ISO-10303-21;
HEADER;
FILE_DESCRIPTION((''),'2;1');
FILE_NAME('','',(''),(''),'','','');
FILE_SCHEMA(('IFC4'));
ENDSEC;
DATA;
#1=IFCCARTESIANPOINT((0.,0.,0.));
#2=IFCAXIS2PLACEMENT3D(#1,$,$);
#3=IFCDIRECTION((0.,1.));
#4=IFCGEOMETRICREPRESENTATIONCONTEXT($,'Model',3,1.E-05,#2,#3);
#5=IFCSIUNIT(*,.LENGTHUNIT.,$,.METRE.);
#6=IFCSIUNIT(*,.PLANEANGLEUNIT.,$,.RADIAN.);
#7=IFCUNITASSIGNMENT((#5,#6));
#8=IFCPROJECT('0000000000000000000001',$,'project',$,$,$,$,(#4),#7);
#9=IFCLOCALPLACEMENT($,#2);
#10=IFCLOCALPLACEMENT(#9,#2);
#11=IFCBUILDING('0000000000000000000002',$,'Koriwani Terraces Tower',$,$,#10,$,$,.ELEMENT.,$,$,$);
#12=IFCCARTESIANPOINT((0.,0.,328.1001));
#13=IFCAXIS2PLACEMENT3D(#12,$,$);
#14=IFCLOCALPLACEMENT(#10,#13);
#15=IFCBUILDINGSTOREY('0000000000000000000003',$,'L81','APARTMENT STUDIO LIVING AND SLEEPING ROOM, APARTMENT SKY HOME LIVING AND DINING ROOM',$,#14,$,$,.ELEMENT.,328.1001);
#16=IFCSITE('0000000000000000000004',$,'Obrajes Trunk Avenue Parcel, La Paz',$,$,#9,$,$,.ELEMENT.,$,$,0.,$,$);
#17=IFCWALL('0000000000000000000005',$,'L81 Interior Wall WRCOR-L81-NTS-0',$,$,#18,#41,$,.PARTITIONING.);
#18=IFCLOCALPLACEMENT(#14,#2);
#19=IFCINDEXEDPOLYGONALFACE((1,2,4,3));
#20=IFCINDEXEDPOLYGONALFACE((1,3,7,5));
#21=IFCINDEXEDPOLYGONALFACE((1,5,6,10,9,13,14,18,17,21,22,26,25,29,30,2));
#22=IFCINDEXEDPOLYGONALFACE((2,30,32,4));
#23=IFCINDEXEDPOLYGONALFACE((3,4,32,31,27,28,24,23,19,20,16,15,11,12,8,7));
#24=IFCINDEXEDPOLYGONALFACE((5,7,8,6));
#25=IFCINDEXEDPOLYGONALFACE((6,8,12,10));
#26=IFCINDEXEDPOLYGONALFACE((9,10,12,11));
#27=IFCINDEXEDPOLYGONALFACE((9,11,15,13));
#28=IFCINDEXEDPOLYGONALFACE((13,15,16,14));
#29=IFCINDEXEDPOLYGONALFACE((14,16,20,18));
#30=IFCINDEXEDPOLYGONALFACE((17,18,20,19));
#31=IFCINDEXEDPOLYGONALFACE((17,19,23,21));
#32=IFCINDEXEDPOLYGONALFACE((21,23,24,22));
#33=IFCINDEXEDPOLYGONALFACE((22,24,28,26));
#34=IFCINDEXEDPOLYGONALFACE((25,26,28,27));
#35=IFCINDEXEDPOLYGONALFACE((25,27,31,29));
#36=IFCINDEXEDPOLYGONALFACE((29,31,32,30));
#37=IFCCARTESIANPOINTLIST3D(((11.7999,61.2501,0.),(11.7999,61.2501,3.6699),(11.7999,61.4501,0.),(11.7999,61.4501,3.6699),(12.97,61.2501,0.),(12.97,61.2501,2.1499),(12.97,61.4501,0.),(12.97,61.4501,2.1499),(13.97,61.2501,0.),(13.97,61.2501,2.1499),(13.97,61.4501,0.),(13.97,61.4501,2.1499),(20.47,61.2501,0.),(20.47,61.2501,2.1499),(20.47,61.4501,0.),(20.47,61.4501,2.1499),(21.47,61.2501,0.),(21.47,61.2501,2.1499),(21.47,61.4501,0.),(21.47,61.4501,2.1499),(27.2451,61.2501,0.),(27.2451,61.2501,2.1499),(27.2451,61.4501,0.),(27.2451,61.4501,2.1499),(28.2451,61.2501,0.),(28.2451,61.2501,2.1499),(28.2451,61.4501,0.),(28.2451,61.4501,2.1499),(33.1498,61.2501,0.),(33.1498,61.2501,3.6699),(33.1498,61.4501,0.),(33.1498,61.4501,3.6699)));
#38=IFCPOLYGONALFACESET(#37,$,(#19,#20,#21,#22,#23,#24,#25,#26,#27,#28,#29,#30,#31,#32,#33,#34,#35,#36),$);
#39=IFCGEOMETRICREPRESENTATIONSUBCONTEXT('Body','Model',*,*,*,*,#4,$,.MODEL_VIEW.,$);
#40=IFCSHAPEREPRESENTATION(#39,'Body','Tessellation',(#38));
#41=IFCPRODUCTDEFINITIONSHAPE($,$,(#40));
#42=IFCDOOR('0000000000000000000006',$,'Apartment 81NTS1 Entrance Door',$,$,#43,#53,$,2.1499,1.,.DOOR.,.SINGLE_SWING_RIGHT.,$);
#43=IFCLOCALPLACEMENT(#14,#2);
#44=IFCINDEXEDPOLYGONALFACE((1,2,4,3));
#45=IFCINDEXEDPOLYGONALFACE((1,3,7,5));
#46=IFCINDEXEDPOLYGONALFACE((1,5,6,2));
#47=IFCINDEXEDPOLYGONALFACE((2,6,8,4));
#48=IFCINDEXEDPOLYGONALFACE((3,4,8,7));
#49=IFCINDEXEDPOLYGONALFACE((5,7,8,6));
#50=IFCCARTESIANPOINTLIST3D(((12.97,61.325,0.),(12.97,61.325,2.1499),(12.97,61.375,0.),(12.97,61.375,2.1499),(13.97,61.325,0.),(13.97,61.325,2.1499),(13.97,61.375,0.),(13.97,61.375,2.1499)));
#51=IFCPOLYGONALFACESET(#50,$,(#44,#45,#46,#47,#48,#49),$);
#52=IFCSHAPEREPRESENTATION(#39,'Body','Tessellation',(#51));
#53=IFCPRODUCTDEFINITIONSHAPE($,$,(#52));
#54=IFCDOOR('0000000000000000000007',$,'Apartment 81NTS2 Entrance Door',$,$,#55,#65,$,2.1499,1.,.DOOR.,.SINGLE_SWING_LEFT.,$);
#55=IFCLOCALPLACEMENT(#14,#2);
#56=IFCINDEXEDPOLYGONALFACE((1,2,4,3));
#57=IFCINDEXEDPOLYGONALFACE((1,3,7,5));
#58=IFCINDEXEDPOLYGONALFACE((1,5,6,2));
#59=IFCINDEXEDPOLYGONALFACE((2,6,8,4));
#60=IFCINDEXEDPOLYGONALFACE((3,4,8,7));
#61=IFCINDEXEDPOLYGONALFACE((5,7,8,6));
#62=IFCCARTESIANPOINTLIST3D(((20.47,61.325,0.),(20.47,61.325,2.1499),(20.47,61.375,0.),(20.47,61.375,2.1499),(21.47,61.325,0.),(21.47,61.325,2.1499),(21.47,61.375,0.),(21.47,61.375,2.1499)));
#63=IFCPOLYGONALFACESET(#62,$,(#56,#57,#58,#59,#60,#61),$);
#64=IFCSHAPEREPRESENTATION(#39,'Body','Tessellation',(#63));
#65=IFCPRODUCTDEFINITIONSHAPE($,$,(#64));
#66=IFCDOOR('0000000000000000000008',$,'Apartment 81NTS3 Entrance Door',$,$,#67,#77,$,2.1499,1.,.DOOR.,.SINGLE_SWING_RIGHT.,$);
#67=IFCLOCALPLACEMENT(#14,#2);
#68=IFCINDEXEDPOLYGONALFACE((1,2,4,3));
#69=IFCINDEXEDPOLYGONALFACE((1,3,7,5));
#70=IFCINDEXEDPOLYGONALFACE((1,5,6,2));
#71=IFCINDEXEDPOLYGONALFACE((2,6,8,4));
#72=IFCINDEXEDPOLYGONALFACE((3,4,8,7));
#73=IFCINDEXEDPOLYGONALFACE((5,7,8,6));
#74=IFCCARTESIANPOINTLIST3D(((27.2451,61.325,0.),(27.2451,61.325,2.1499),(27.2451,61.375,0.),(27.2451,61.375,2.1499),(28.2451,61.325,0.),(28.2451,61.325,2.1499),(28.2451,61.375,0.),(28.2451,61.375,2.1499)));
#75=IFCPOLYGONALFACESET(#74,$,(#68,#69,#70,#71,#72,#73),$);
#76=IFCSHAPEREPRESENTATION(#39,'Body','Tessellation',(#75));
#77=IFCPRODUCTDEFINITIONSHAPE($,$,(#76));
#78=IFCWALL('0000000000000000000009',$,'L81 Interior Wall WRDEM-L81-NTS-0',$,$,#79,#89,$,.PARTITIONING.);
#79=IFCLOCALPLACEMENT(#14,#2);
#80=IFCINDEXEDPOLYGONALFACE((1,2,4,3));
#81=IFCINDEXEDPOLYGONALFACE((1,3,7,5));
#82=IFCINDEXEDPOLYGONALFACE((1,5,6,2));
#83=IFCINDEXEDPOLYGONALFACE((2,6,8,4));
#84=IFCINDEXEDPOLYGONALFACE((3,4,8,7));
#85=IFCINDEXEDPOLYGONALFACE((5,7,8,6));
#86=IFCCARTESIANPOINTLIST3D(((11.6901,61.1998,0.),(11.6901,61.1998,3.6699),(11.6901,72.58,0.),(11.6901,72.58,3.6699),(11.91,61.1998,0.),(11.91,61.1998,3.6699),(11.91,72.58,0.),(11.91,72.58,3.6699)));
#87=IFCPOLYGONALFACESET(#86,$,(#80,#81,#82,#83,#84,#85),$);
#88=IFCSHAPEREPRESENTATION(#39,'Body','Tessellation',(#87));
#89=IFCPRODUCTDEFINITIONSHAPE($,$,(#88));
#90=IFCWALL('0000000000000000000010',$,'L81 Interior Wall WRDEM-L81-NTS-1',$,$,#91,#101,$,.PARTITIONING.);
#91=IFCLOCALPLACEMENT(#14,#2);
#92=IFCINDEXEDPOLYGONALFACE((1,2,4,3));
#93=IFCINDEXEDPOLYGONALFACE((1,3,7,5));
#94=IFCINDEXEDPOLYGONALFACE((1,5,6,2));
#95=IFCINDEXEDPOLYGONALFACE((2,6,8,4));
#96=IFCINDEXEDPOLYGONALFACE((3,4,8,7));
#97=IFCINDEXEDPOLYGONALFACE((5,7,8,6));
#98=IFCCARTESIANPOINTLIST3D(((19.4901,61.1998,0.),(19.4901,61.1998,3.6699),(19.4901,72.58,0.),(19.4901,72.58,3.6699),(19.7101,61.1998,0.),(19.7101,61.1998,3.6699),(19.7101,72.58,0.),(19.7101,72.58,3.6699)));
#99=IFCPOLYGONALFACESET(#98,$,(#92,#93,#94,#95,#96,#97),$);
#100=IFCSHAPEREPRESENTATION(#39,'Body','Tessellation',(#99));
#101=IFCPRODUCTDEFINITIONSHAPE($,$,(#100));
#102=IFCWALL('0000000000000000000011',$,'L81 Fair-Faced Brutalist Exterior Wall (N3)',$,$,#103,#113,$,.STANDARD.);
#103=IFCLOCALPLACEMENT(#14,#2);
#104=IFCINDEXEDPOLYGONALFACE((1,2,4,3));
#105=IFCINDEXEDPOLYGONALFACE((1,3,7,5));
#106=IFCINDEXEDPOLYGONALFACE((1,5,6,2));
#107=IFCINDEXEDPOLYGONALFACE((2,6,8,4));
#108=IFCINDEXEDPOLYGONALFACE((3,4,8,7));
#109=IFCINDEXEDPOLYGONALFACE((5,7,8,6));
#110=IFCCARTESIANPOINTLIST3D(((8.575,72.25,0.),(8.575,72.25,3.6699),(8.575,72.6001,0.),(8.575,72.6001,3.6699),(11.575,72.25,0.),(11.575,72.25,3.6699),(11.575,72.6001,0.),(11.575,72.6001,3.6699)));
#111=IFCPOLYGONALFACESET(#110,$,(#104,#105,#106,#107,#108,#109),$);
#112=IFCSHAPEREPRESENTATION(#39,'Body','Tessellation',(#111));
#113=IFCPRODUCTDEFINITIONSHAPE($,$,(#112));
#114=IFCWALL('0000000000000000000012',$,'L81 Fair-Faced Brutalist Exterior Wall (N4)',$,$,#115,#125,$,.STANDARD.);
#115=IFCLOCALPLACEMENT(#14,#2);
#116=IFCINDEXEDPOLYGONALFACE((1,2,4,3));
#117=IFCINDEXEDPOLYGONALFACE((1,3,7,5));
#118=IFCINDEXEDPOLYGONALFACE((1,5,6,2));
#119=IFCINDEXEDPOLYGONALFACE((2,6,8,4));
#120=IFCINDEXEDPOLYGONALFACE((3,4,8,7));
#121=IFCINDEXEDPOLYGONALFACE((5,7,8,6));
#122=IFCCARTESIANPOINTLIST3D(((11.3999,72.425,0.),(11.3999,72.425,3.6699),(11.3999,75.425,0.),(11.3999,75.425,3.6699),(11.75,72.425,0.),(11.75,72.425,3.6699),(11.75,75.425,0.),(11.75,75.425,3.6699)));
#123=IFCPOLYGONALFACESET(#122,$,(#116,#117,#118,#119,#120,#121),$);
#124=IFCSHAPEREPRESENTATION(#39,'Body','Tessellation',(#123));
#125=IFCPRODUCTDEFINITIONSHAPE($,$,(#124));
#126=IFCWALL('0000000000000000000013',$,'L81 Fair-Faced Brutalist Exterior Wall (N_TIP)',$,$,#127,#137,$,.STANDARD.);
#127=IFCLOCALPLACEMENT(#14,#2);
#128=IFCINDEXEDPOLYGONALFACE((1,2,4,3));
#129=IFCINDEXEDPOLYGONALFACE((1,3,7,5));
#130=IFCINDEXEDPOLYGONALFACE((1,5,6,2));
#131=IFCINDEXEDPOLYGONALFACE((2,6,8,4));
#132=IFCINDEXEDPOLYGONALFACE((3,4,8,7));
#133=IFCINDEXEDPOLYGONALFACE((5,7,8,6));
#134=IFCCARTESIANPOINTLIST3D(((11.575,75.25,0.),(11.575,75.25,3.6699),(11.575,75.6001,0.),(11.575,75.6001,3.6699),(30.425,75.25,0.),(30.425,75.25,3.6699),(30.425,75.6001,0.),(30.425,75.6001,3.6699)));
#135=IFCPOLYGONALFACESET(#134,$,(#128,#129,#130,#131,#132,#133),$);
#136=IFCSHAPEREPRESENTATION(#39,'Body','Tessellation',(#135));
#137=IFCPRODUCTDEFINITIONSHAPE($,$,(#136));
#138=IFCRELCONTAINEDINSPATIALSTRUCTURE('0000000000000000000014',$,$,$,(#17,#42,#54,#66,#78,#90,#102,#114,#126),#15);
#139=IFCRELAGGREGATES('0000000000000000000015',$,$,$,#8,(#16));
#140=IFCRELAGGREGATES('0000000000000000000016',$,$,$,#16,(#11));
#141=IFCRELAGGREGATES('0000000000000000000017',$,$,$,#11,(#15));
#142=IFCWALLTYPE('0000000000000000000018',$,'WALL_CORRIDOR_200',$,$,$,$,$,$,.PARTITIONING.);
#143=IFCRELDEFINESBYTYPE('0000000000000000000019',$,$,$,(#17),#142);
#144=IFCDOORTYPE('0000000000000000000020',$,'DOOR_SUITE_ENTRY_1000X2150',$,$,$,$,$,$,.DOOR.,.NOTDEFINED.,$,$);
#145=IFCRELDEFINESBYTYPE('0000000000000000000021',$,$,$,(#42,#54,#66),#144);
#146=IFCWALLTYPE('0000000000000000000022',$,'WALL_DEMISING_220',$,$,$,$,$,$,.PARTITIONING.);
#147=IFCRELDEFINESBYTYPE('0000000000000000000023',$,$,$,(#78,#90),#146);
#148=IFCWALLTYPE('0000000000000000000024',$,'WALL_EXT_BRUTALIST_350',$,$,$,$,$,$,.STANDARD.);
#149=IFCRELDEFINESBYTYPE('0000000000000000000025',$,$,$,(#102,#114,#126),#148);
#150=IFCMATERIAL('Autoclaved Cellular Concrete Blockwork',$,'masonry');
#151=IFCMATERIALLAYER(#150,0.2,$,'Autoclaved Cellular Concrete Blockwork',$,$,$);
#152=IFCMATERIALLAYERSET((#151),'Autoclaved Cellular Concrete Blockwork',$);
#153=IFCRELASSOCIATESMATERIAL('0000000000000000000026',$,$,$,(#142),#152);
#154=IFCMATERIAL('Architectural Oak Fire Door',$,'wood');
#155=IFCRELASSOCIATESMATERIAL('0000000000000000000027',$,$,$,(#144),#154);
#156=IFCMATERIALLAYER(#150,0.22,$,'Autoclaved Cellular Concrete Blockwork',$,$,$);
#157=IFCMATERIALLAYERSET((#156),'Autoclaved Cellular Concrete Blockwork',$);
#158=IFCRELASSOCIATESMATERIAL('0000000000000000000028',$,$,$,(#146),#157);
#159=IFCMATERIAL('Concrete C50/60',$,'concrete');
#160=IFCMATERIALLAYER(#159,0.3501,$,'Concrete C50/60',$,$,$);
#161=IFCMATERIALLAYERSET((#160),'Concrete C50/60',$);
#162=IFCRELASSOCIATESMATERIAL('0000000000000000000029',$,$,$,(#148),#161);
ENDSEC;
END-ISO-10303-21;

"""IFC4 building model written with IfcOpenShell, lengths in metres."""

from ifc_helpers import new_model, si_unit, direction, frame, frame_2d, origin, place, context, subcontext, project, spatial, rectangle, extrude, material, layer, layer_set, type_object, element, fill, save


model = new_model("IFC4")

# Units and contexts
model_context = context("Model", 3, precision=1e-05, world=origin(), true_north=direction((0.0, 1.0)))
body_context = subcontext(model_context, "Body", "Model", "MODEL_VIEW")
ifc_project = project(units=[si_unit("LENGTHUNIT", "METRE"), si_unit("PLANEANGLEUNIT", "RADIAN")], contexts=[model_context])

# Site, building, storey
site_placement = place(None, origin())
site = spatial("IfcSite", under=ifc_project, at=site_placement, Name="Obrajes Trunk Avenue Parcel, La Paz", CompositionType="ELEMENT", RefElevation=0.0)
building_placement = place(site_placement, origin())
building = spatial("IfcBuilding", under=site, at=building_placement, Name="Koriwani Terraces Tower", CompositionType="ELEMENT")
storey_placement = place(building_placement, frame((0.0, 0.0, 328.1001)))
storey = spatial("IfcBuildingStorey", under=building, at=storey_placement, Name="L81", Description="APARTMENT STUDIO LIVING AND SLEEPING ROOM, APARTMENT SKY HOME LIVING AND DINING ROOM", CompositionType="ELEMENT", Elevation=328.1001)

# Shared definitions
ifc_material_1 = material(Name="Concrete C50/60", Category="concrete")

# Shared definitions
ifc_material_2 = material(Name="Autoclaved Cellular Concrete Blockwork", Category="masonry")
ifc_layer_1 = layer(ifc_material_2, 0.2, Name="Autoclaved Cellular Concrete Blockwork")
ifc_layer_set_1 = layer_set([ifc_layer_1], Name="Autoclaved Cellular Concrete Blockwork")
wall_type_1 = type_object("IfcWallType", Name="WALL_CORRIDOR_200", PredefinedType="PARTITIONING", material=ifc_layer_set_1)
ifc_material_3 = material(Name="Architectural Oak Fire Door", Category="wood")
door_type_1 = type_object("IfcDoorType", Name="DOOR_SUITE_ENTRY_1000X2150", OperationType="NOTDEFINED", PredefinedType="DOOR", material=ifc_material_3)

# Wall, openings, doors
wall_1_placement = place(storey_placement, frame((11.8, 61.3501, 0.0), z_axis=(0.0, 0.0, 1.0), x_axis=(1.0, 0.0, 0.0)))
wall_1 = element("IfcWall", 1, at=wall_1_placement, inside=storey, type_object=wall_type_1, Name="L81 Interior Wall WRCOR-L81-NTS-0", PredefinedType="PARTITIONING", context=body_context, shape_type="SweptSolid", body=[
    extrude(rectangle(XDim=21.3499, YDim=0.2, at=frame_2d((10.6748, 0.0))), origin(), (0.0, 0.0, 1.0), 3.6699),
])
opening_1_placement = place(wall_1_placement, frame((1.1699, 0.0, 0.0)))
opening_1 = element("IfcOpeningElement", 2, at=opening_1_placement, cuts=wall_1, PredefinedType="OPENING", context=body_context, shape_type="SweptSolid", body=[
    extrude(rectangle(XDim=1.0, YDim=2.1499, at=frame_2d((0.5, 1.075))), frame((0.0, 0.1099, 0.0), z_axis=(0.0, -1.0, 0.0), x_axis=(1.0, 0.0, 0.0)), (0.0, 0.0, 1.0), 0.22),
])
opening_2_placement = place(wall_1_placement, frame((8.6699, 0.0, 0.0)))
opening_2 = element("IfcOpeningElement", 3, at=opening_2_placement, cuts=wall_1, PredefinedType="OPENING", context=body_context, shape_type="SweptSolid", body=[
    extrude(rectangle(XDim=1.0, YDim=2.1499, at=frame_2d((0.5, 1.075))), frame((0.0, 0.1099, 0.0), z_axis=(0.0, -1.0, 0.0), x_axis=(1.0, 0.0, 0.0)), (0.0, 0.0, 1.0), 0.22),
])
opening_3_placement = place(wall_1_placement, frame((15.4451, 0.0, 0.0)))
opening_3 = element("IfcOpeningElement", 4, at=opening_3_placement, cuts=wall_1, PredefinedType="OPENING", context=body_context, shape_type="SweptSolid", body=[
    extrude(rectangle(XDim=1.0, YDim=2.1499, at=frame_2d((0.5, 1.075))), frame((0.0, 0.1099, 0.0), z_axis=(0.0, -1.0, 0.0), x_axis=(1.0, 0.0, 0.0)), (0.0, 0.0, 1.0), 0.22),
])
door_1_placement = place(opening_1_placement, origin())
door_1 = element("IfcDoor", 5, at=door_1_placement, inside=storey, type_object=door_type_1, Name="Apartment 81NTS1 Entrance Door", OperationType="SINGLE_SWING_RIGHT", OverallHeight=2.1499, OverallWidth=1.0, PredefinedType="DOOR", context=body_context, shape_type="SweptSolid", body=[
    extrude(rectangle(XDim=1.0, YDim=2.1499, at=frame_2d((0.5, 1.075))), frame((0.0, 0.0249, 0.0), z_axis=(0.0, -1.0, 0.0), x_axis=(1.0, 0.0, 0.0)), (0.0, 0.0, 1.0), 0.05),
])
fill(opening_1, door_1)
door_2_placement = place(opening_2_placement, origin())
door_2 = element("IfcDoor", 6, at=door_2_placement, inside=storey, type_object=door_type_1, Name="Apartment 81NTS2 Entrance Door", OperationType="SINGLE_SWING_LEFT", OverallHeight=2.1499, OverallWidth=1.0, PredefinedType="DOOR", context=body_context, shape_type="SweptSolid", body=[
    extrude(rectangle(XDim=1.0, YDim=2.1499, at=frame_2d((0.5, 1.075))), frame((0.0, 0.0249, 0.0), z_axis=(0.0, -1.0, 0.0), x_axis=(1.0, 0.0, 0.0)), (0.0, 0.0, 1.0), 0.05),
])
fill(opening_2, door_2)
door_3_placement = place(opening_3_placement, origin())
door_3 = element("IfcDoor", 7, at=door_3_placement, inside=storey, type_object=door_type_1, Name="Apartment 81NTS3 Entrance Door", OperationType="SINGLE_SWING_RIGHT", OverallHeight=2.1499, OverallWidth=1.0, PredefinedType="DOOR", context=body_context, shape_type="SweptSolid", body=[
    extrude(rectangle(XDim=1.0, YDim=2.1499, at=frame_2d((0.5, 1.075))), frame((0.0, 0.0249, 0.0), z_axis=(0.0, -1.0, 0.0), x_axis=(1.0, 0.0, 0.0)), (0.0, 0.0, 1.0), 0.05),
])
fill(opening_3, door_3)

# Walls
ifc_layer_2 = layer(ifc_material_2, 0.22, Name="Autoclaved Cellular Concrete Blockwork")
ifc_layer_set_2 = layer_set([ifc_layer_2], Name="Autoclaved Cellular Concrete Blockwork")
wall_type_2 = type_object("IfcWallType", Name="WALL_DEMISING_220", PredefinedType="PARTITIONING", material=ifc_layer_set_2)
for number, where, z_axis, x_axis, name in (
    (8, (11.8, 61.2, 0.0), (0.0, 0.0, 1.0), (0.0, 1.0, 0.0), "L81 Interior Wall WRDEM-L81-NTS-0"),
    (9, (19.6001, 61.2, 0.0), (0.0, 0.0, 1.0), (0.0, 1.0, 0.0), "L81 Interior Wall WRDEM-L81-NTS-1"),
):
    element("IfcWall", number, at=place(storey_placement, frame(where, z_axis=z_axis, x_axis=x_axis)), inside=storey, type_object=wall_type_2, Name=name, PredefinedType="PARTITIONING", context=body_context, shape_type="SweptSolid", body=[
        extrude(rectangle(XDim=11.3801, YDim=0.22, at=frame_2d((5.6899, 0.0))), origin(), (0.0, 0.0, 1.0), 3.6699),
    ])
ifc_layer_3 = layer(ifc_material_1, 0.3501, Name="Concrete C50/60")
ifc_layer_set_3 = layer_set([ifc_layer_3], Name="Concrete C50/60")
wall_type_3 = type_object("IfcWallType", Name="WALL_EXT_BRUTALIST_350", PredefinedType="STANDARD", material=ifc_layer_set_3)
for number, where, z_axis, x_axis, name in (
    (10, (8.575, 72.425, 0.0), (0.0, 0.0, 1.0), (1.0, 0.0, 0.0), "L81 Fair-Faced Brutalist Exterior Wall (N3)"),
    (11, (11.575, 72.425, 0.0), (0.0, 0.0, 1.0), (0.0, 1.0, 0.0), "L81 Fair-Faced Brutalist Exterior Wall (N4)"),
):
    element("IfcWall", number, at=place(storey_placement, frame(where, z_axis=z_axis, x_axis=x_axis)), inside=storey, type_object=wall_type_3, Name=name, PredefinedType="STANDARD", context=body_context, shape_type="SweptSolid", body=[
        extrude(rectangle(XDim=3.0, YDim=0.3501, at=frame_2d((1.5, 0.0))), origin(), (0.0, 0.0, 1.0), 3.6699),
    ])
wall_2_placement = place(storey_placement, frame((11.575, 75.425, 0.0), z_axis=(0.0, 0.0, 1.0), x_axis=(1.0, 0.0, 0.0)))
element("IfcWall", 12, at=wall_2_placement, inside=storey, type_object=wall_type_3, Name="L81 Fair-Faced Brutalist Exterior Wall (N_TIP)", PredefinedType="STANDARD", context=body_context, shape_type="SweptSolid", body=[
    extrude(rectangle(XDim=18.8501, YDim=0.3501, at=frame_2d((9.425, 0.0))), origin(), (0.0, 0.0, 1.0), 3.6699),
])

save(model, "model.ifc")
